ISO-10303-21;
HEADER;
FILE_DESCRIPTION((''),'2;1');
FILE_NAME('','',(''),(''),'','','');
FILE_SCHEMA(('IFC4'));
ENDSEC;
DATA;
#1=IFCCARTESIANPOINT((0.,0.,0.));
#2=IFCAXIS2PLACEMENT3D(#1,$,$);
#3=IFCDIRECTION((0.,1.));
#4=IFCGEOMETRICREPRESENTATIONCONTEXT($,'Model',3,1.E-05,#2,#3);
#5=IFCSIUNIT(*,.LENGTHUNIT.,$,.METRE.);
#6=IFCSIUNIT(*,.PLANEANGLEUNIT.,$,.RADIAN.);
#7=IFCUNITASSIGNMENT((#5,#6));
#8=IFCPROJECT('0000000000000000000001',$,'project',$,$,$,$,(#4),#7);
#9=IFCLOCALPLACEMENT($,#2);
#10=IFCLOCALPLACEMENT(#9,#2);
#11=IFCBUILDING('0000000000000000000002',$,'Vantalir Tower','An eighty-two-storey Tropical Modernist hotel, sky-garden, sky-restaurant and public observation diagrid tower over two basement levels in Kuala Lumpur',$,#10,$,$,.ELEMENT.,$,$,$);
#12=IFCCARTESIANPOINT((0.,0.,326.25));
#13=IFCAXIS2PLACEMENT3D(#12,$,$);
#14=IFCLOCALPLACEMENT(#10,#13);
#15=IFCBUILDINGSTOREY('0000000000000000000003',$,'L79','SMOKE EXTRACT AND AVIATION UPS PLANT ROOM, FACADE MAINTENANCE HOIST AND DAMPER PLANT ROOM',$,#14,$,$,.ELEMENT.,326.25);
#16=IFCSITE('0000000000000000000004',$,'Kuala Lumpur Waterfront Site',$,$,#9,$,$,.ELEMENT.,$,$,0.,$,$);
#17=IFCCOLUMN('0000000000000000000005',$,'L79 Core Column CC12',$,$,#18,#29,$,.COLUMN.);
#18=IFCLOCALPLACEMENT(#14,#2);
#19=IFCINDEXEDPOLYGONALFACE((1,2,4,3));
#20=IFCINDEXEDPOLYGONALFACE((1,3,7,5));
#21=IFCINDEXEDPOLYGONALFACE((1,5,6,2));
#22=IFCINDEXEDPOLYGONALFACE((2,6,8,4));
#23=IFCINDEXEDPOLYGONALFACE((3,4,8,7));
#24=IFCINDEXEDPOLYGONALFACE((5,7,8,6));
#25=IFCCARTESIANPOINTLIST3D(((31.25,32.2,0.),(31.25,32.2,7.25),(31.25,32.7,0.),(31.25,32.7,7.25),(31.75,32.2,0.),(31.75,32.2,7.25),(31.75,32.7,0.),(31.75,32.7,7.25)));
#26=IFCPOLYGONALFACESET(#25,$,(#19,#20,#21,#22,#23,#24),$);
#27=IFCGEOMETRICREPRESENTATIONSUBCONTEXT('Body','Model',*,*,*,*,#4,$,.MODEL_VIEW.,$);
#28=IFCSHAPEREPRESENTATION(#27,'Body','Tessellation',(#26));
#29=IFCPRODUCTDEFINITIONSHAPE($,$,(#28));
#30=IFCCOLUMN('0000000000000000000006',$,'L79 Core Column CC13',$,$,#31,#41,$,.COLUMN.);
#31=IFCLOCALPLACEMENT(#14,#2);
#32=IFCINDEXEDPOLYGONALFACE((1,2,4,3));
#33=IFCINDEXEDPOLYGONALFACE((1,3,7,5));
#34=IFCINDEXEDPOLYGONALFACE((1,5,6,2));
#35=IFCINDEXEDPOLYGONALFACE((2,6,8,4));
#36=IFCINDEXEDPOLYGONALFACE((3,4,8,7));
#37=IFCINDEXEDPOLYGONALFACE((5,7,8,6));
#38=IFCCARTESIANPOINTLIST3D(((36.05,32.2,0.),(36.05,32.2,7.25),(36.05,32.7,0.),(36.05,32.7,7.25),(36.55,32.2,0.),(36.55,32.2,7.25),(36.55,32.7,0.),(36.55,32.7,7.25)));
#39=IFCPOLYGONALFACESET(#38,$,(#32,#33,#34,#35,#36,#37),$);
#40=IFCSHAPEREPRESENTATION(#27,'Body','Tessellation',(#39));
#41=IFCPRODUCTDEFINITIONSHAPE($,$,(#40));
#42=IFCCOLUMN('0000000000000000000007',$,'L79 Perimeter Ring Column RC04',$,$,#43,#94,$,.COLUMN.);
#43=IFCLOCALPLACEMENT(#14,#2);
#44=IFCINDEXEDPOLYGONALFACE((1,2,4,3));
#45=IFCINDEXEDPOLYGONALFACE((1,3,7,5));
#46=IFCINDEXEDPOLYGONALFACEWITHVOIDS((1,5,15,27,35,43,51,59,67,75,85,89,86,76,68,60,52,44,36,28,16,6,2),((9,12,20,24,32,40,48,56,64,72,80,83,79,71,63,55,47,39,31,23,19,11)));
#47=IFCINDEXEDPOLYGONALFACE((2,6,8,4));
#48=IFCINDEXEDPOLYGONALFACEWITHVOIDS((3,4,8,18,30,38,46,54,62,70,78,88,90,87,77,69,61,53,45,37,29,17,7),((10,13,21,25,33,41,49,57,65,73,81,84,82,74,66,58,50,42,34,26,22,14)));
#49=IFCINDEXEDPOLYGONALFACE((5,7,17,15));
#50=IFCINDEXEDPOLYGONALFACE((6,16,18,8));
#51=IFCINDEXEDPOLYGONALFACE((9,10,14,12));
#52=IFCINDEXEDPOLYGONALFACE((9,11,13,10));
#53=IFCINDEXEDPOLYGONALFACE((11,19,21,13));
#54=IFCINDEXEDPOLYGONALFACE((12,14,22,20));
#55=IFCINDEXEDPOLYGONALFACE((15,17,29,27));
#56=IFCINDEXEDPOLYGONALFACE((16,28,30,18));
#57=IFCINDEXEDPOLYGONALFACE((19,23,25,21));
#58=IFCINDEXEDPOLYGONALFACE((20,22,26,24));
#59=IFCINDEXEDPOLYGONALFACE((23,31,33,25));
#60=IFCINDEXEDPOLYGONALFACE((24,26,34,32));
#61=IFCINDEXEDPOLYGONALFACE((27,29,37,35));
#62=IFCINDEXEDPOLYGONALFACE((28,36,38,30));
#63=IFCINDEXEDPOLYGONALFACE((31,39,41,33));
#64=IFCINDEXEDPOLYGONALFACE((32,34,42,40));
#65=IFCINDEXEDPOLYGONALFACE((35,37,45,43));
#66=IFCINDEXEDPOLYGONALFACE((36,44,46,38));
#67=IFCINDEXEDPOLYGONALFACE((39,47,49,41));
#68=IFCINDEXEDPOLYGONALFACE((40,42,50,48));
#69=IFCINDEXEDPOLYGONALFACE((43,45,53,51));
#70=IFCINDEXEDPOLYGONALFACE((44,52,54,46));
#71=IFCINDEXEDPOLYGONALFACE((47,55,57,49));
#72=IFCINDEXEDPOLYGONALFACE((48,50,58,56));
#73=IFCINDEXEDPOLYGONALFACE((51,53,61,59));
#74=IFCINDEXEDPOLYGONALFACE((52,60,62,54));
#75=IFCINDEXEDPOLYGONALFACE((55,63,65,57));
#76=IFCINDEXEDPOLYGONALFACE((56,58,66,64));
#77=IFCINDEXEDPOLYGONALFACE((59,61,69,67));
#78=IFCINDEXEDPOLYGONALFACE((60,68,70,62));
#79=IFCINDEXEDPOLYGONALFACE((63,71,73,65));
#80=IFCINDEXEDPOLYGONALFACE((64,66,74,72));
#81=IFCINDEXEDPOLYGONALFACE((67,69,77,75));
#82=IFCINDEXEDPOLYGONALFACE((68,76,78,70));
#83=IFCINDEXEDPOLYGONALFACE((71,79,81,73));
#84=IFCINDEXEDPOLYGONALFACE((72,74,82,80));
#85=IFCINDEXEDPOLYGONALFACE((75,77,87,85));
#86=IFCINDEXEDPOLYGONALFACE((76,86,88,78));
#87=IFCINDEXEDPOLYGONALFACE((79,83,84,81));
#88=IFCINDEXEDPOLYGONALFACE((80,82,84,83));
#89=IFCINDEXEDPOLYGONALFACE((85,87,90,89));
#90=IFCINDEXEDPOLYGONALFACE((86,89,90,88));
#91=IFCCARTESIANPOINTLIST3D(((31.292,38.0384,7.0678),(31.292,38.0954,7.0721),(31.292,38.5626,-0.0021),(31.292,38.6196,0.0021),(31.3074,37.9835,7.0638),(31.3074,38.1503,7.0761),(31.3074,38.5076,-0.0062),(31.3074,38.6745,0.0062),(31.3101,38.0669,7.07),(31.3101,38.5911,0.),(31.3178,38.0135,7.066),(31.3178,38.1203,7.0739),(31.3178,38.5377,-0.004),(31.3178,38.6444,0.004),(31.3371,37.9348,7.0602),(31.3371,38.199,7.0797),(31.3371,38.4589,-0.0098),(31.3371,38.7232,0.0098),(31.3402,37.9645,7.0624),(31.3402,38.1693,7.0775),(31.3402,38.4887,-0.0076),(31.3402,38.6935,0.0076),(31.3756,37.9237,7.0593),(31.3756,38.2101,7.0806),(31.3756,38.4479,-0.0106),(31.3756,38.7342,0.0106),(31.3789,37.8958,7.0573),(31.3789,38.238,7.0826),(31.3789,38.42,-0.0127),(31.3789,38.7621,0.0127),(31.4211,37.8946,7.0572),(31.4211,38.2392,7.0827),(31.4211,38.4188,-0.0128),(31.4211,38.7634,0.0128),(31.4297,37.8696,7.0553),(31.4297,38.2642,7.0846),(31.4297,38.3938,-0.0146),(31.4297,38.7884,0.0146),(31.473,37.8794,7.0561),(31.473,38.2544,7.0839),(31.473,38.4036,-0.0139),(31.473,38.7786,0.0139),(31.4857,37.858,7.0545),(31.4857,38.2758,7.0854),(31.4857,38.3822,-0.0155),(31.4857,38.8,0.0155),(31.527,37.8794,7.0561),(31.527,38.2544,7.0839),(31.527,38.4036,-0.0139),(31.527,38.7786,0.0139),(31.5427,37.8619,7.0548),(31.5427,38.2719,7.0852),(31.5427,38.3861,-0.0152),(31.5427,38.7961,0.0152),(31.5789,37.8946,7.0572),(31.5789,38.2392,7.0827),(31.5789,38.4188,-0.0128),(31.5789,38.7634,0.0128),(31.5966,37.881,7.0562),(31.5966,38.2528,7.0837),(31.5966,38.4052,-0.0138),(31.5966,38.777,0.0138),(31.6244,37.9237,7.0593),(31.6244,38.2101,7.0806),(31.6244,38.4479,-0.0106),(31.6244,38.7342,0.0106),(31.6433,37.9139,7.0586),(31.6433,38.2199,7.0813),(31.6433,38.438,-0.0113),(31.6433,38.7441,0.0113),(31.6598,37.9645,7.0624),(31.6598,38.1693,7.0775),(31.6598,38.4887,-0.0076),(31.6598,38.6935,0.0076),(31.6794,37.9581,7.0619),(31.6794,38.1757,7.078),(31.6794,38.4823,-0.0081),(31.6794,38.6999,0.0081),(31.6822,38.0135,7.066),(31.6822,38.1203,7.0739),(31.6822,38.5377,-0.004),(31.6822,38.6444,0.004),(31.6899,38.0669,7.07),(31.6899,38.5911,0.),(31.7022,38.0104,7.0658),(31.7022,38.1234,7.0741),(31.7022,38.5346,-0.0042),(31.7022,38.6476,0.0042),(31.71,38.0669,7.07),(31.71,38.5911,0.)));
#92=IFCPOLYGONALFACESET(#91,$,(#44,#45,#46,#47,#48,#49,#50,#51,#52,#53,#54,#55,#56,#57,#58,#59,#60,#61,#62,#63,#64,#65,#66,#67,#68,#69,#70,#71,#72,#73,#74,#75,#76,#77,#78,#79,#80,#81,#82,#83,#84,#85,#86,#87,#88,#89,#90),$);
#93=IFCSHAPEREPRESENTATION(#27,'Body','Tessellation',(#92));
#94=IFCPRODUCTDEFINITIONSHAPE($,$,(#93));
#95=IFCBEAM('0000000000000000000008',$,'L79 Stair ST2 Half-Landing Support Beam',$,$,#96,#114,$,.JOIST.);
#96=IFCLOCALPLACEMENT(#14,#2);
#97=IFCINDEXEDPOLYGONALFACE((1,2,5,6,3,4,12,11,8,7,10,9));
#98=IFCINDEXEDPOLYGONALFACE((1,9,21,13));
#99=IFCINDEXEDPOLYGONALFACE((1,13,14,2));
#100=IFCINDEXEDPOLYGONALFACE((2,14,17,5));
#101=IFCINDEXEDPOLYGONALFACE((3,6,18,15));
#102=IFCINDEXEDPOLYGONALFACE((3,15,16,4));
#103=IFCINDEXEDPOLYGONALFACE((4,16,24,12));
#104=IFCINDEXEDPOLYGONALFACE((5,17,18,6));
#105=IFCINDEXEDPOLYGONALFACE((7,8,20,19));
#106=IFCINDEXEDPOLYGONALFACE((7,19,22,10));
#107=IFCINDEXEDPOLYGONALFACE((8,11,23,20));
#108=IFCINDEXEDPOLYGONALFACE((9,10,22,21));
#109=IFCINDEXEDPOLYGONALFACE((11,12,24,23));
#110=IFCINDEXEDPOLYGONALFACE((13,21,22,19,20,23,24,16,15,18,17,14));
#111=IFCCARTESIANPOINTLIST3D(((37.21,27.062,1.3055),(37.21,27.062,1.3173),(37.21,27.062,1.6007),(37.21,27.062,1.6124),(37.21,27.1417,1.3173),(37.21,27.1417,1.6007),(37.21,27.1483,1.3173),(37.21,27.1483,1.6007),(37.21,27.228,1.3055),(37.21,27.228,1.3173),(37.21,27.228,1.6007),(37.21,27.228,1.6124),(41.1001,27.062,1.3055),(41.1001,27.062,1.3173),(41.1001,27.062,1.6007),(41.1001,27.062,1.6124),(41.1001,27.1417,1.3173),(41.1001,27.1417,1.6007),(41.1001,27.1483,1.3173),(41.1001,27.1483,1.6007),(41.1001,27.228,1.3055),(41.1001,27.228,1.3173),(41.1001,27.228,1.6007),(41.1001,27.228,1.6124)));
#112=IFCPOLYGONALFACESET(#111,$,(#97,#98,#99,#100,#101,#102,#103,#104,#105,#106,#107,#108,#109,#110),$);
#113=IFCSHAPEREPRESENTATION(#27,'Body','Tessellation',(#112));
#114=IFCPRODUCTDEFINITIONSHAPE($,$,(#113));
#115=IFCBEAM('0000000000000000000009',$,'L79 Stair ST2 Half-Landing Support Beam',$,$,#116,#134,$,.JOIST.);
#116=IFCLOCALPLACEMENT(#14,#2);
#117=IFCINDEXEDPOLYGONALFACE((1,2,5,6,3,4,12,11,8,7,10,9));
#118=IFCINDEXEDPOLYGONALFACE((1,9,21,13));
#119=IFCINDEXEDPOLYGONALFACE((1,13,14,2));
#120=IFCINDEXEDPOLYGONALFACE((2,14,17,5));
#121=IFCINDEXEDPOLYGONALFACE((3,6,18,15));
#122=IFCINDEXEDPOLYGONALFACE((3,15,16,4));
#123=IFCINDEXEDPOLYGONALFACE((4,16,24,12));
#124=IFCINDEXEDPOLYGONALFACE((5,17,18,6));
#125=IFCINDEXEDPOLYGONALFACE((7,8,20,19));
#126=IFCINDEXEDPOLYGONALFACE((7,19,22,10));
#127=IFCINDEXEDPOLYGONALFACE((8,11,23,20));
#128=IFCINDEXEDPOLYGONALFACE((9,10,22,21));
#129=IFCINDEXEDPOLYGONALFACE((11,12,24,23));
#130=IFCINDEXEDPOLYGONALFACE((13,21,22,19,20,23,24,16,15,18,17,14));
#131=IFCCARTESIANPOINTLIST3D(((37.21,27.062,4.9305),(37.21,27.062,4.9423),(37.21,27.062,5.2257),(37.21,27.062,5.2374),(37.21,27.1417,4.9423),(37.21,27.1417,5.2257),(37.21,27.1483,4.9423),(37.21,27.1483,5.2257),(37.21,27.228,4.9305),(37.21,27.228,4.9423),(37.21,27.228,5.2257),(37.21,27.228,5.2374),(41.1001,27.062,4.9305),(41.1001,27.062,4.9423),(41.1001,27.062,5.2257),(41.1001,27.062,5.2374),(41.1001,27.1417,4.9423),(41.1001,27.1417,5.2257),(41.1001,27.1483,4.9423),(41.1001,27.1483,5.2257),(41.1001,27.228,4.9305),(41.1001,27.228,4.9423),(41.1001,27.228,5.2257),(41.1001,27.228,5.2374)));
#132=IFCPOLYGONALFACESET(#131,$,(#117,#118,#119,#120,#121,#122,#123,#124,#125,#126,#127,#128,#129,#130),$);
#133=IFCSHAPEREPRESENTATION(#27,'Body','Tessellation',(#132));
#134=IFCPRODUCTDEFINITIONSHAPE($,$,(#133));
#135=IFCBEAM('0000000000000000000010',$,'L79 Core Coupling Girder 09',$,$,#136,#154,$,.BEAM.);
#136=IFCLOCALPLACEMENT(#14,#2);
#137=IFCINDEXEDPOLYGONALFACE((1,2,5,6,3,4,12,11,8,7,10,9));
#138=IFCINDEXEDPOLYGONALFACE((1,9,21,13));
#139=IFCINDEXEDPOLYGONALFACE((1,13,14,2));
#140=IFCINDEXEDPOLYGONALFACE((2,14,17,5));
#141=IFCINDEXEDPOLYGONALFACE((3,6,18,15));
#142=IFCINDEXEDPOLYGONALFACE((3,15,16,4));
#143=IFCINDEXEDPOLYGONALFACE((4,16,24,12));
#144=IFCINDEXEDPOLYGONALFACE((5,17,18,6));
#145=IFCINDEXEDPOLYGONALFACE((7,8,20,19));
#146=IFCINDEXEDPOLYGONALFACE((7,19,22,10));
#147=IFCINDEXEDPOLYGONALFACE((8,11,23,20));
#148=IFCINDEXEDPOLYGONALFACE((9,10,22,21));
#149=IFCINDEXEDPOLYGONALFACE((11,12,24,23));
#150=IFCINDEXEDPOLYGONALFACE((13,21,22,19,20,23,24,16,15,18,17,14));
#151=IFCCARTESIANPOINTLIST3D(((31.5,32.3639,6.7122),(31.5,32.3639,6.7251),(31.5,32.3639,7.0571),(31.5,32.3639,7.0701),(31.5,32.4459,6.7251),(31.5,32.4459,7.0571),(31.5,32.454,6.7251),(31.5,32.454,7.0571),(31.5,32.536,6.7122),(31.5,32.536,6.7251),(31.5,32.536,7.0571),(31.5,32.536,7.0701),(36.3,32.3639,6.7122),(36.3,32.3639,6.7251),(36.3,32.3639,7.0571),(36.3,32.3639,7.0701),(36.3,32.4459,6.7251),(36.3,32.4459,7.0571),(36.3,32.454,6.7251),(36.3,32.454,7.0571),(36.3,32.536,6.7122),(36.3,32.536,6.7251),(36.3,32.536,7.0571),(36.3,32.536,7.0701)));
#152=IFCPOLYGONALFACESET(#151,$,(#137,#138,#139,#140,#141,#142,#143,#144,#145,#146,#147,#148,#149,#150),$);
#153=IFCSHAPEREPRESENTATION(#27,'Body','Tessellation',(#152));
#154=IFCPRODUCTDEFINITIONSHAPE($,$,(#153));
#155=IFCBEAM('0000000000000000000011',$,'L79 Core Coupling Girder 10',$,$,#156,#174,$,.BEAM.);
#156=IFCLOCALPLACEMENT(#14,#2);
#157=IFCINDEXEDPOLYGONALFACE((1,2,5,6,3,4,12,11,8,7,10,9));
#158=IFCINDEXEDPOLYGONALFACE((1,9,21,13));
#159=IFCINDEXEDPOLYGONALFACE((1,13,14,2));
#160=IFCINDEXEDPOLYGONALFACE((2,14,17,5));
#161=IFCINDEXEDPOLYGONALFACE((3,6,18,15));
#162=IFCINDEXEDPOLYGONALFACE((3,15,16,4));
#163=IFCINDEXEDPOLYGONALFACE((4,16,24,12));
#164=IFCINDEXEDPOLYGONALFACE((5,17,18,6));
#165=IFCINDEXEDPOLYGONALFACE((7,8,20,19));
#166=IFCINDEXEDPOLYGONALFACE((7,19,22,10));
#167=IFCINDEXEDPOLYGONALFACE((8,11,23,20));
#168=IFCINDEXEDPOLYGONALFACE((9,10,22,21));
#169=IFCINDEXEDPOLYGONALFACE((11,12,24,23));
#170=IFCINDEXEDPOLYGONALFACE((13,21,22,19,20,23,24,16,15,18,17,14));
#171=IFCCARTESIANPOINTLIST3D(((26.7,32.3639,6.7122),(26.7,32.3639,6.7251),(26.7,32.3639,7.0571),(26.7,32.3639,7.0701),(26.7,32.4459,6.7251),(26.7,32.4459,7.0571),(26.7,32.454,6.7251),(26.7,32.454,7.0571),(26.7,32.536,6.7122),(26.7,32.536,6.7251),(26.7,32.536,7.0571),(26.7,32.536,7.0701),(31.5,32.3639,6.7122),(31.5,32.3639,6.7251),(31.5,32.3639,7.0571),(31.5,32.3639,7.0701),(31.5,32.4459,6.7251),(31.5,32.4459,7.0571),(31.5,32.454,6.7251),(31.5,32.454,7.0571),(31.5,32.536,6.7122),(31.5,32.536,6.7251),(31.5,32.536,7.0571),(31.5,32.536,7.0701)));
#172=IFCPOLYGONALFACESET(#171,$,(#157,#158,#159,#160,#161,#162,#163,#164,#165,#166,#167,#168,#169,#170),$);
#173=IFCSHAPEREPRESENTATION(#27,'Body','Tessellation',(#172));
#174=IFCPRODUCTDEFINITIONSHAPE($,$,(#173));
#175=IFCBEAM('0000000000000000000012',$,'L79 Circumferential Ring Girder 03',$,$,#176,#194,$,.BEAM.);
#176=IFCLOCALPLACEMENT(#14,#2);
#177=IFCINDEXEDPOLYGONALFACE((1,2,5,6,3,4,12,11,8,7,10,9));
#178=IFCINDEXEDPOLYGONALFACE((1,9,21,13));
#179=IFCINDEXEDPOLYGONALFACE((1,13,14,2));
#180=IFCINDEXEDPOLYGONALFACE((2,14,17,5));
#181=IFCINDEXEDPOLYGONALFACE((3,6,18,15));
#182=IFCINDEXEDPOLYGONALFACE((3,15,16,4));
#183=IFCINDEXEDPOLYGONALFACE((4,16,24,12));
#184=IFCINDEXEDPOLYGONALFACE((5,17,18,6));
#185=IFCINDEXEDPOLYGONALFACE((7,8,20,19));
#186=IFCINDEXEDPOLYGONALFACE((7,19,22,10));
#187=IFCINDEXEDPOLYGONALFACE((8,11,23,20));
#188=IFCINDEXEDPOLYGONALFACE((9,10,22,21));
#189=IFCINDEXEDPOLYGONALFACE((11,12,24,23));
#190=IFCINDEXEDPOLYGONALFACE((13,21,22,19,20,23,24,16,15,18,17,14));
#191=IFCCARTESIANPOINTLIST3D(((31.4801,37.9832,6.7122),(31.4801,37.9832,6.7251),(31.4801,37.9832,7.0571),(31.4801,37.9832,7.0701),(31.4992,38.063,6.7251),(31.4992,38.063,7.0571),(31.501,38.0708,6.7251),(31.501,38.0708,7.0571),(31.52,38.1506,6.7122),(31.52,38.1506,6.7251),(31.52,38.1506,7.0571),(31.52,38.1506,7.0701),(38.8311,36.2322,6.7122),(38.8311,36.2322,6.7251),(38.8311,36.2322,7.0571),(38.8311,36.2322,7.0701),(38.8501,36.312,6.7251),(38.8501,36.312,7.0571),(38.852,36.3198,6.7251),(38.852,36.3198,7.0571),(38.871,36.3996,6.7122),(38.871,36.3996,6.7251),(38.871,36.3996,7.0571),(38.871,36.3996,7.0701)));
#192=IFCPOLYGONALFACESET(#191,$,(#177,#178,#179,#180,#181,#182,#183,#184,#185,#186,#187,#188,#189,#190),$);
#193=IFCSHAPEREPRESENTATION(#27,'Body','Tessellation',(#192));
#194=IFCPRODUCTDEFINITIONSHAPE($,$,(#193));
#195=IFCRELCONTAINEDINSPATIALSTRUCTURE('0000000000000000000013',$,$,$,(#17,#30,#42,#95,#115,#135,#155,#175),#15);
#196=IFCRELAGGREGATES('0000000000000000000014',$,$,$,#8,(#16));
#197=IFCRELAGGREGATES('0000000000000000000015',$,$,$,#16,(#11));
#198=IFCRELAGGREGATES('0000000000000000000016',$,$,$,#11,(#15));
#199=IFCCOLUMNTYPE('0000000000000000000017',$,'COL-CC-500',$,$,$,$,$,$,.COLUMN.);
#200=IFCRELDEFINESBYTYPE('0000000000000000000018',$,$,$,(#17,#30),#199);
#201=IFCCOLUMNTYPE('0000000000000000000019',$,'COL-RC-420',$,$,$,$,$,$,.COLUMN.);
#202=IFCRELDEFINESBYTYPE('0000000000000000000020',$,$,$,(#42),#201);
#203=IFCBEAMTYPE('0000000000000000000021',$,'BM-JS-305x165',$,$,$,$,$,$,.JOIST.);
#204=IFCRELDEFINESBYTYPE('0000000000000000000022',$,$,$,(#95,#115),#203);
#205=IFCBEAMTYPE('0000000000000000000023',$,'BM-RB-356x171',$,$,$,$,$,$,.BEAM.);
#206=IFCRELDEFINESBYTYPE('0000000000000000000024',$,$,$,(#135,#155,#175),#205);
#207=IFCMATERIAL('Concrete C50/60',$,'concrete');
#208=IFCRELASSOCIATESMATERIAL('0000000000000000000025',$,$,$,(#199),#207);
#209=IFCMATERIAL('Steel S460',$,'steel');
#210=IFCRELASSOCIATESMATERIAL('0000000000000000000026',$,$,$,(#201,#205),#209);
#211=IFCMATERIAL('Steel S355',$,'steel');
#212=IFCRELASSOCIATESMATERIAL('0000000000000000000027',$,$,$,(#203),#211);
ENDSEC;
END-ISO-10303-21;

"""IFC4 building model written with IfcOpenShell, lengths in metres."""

from ifc_helpers import new_model, si_unit, direction, frame, origin, origin_2d, place, context, subcontext, project, spatial, rectangle, hollow_circle, i_section, extrude, material, material_profile, profile_set, type_object, element, save


model = new_model("IFC4")

# Units and contexts
model_context = context("Model", 3, precision=1e-05, world=origin(), true_north=direction((0.0, 1.0)))
body_context = subcontext(model_context, "Body", "Model", "MODEL_VIEW")
ifc_project = project(units=[si_unit("LENGTHUNIT", "METRE"), si_unit("PLANEANGLEUNIT", "RADIAN")], contexts=[model_context])

# Site, building, storey
site_placement = place(None, origin())
site = spatial("IfcSite", under=ifc_project, at=site_placement, Name="Kuala Lumpur Waterfront Site", CompositionType="ELEMENT", RefElevation=0.0)
building_placement = place(site_placement, origin())
building = spatial("IfcBuilding", under=site, at=building_placement, Name="Vantalir Tower", Description="An eighty-two-storey Tropical Modernist hotel, sky-garden, sky-restaurant and public observation diagrid tower over two basement levels in Kuala Lumpur", CompositionType="ELEMENT")
storey_placement = place(building_placement, frame((0.0, 0.0, 326.25)))
storey = spatial("IfcBuildingStorey", under=building, at=storey_placement, Name="L79", Description="SMOKE EXTRACT AND AVIATION UPS PLANT ROOM, FACADE MAINTENANCE HOIST AND DAMPER PLANT ROOM", CompositionType="ELEMENT", Elevation=326.25)

# Columns
ifc_material_1 = material(Name="Concrete C50/60", Category="concrete")
ifc_material_profile_1 = material_profile(ifc_material_1, rectangle(XDim=0.5, YDim=0.5, at=origin_2d()), Name="Concrete C50/60")
ifc_profile_set_1 = profile_set([ifc_material_profile_1], Name="Concrete C50/60")
column_type_1 = type_object("IfcColumnType", Name="COL-CC-500", PredefinedType="COLUMN", material=ifc_profile_set_1)
for number, where, z_axis, x_axis, name in (
    (1, (31.5, 32.45, 0.0), (0.0, 0.0, 1.0), (1.0, 0.0, 0.0), "L79 Core Column CC12"),
    (2, (36.3, 32.45, 0.0), (0.0, 0.0, 1.0), (1.0, 0.0, 0.0), "L79 Core Column CC13"),
):
    element("IfcColumn", number, at=place(storey_placement, frame(where, z_axis=z_axis, x_axis=x_axis)), inside=storey, type_object=column_type_1, Name=name, PredefinedType="COLUMN", context=body_context, shape_type="SweptSolid", body=[
        extrude(rectangle(XDim=0.5, YDim=0.5, at=origin_2d()), origin(), (0.0, 0.0, 1.0), 7.25),
    ])
ifc_material_2 = material(Name="Steel S460", Category="steel")
ifc_material_profile_2 = material_profile(ifc_material_2, hollow_circle(Radius=0.21, WallThickness=0.02, at=origin_2d()), Name="Steel S460")
ifc_profile_set_2 = profile_set([ifc_material_profile_2], Name="Steel S460")
column_type_2 = type_object("IfcColumnType", Name="COL-RC-420", PredefinedType="COLUMN", material=ifc_profile_set_2)
column_placement = place(storey_placement, frame((31.5, 38.5911, 0.0), z_axis=(0.0, -0.073936, 0.997263), x_axis=(1.0, 0.0, 0.0)))
element("IfcColumn", 3, at=column_placement, inside=storey, type_object=column_type_2, Name="L79 Perimeter Ring Column RC04", PredefinedType="COLUMN", context=body_context, shape_type="SweptSolid", body=[
    extrude(hollow_circle(Radius=0.21, WallThickness=0.02, at=origin_2d()), origin(), (0.0, 0.0, 1.0), 7.0894),
])

# Beams
ifc_material_3 = material(Name="Steel S355", Category="steel")
ifc_material_profile_3 = material_profile(ifc_material_3, i_section(OverallWidth=0.166, OverallDepth=0.3069, WebThickness=0.0066, FlangeThickness=0.0117, at=origin_2d()), Name="Steel S355")
ifc_profile_set_3 = profile_set([ifc_material_profile_3], Name="Steel S355")
beam_type_1 = type_object("IfcBeamType", Name="BM-JS-305x165", PredefinedType="JOIST", material=ifc_profile_set_3)
for number, where, z_axis, x_axis, name in (
    (4, (37.21, 27.145, 1.459), (1.0, 0.0, 0.0), (0.0, 1.0, 0.0), "L79 Stair ST2 Half-Landing Support Beam"),
    (5, (37.21, 27.145, 5.084), (1.0, 0.0, 0.0), (0.0, 1.0, 0.0), "L79 Stair ST2 Half-Landing Support Beam"),
):
    element("IfcBeam", number, at=place(storey_placement, frame(where, z_axis=z_axis, x_axis=x_axis)), inside=storey, type_object=beam_type_1, Name=name, PredefinedType="JOIST", context=body_context, shape_type="SweptSolid", body=[
        extrude(i_section(OverallWidth=0.166, OverallDepth=0.3069, WebThickness=0.0066, FlangeThickness=0.0117, at=origin_2d()), origin(), (0.0, 0.0, 1.0), 3.8901),
    ])
ifc_material_profile_4 = material_profile(ifc_material_2, i_section(OverallWidth=0.1721, OverallDepth=0.3579, WebThickness=0.0081, FlangeThickness=0.0129, at=origin_2d()), Name="Steel S460")
ifc_profile_set_4 = profile_set([ifc_material_profile_4], Name="Steel S460")
beam_type_2 = type_object("IfcBeamType", Name="BM-RB-356x171", PredefinedType="BEAM", material=ifc_profile_set_4)
for number, where, z_axis, x_axis, name in (
    (6, (36.3, 32.45, 6.8911), (-1.0, 0.0, 0.0), (0.0, -1.0, 0.0), "L79 Core Coupling Girder 09"),
    (7, (31.5, 32.45, 6.8911), (-1.0, 0.0, 0.0), (0.0, -1.0, 0.0), "L79 Core Coupling Girder 10"),
):
    element("IfcBeam", number, at=place(storey_placement, frame(where, z_axis=z_axis, x_axis=x_axis)), inside=storey, type_object=beam_type_2, Name=name, PredefinedType="BEAM", context=body_context, shape_type="SweptSolid", body=[
        extrude(i_section(OverallWidth=0.1721, OverallDepth=0.3579, WebThickness=0.0081, FlangeThickness=0.0129, at=origin_2d()), origin(), (0.0, 0.0, 1.0), 4.8),
    ])
beam_1_placement = place(storey_placement, frame((38.8511, 36.3159, 6.8911), z_axis=(-0.972785, 0.231711, 0.0), x_axis=(-0.231711, -0.972785, 0.0)))
element("IfcBeam", 8, at=beam_1_placement, inside=storey, type_object=beam_type_2, Name="L79 Circumferential Ring Girder 03", PredefinedType="BEAM", context=body_context, shape_type="SweptSolid", body=[
    extrude(i_section(OverallWidth=0.1721, OverallDepth=0.3579, WebThickness=0.0081, FlangeThickness=0.0129, at=origin_2d()), origin(), (0.0, 0.0, 1.0), 7.5566),
])

save(model, "model.ifc")
